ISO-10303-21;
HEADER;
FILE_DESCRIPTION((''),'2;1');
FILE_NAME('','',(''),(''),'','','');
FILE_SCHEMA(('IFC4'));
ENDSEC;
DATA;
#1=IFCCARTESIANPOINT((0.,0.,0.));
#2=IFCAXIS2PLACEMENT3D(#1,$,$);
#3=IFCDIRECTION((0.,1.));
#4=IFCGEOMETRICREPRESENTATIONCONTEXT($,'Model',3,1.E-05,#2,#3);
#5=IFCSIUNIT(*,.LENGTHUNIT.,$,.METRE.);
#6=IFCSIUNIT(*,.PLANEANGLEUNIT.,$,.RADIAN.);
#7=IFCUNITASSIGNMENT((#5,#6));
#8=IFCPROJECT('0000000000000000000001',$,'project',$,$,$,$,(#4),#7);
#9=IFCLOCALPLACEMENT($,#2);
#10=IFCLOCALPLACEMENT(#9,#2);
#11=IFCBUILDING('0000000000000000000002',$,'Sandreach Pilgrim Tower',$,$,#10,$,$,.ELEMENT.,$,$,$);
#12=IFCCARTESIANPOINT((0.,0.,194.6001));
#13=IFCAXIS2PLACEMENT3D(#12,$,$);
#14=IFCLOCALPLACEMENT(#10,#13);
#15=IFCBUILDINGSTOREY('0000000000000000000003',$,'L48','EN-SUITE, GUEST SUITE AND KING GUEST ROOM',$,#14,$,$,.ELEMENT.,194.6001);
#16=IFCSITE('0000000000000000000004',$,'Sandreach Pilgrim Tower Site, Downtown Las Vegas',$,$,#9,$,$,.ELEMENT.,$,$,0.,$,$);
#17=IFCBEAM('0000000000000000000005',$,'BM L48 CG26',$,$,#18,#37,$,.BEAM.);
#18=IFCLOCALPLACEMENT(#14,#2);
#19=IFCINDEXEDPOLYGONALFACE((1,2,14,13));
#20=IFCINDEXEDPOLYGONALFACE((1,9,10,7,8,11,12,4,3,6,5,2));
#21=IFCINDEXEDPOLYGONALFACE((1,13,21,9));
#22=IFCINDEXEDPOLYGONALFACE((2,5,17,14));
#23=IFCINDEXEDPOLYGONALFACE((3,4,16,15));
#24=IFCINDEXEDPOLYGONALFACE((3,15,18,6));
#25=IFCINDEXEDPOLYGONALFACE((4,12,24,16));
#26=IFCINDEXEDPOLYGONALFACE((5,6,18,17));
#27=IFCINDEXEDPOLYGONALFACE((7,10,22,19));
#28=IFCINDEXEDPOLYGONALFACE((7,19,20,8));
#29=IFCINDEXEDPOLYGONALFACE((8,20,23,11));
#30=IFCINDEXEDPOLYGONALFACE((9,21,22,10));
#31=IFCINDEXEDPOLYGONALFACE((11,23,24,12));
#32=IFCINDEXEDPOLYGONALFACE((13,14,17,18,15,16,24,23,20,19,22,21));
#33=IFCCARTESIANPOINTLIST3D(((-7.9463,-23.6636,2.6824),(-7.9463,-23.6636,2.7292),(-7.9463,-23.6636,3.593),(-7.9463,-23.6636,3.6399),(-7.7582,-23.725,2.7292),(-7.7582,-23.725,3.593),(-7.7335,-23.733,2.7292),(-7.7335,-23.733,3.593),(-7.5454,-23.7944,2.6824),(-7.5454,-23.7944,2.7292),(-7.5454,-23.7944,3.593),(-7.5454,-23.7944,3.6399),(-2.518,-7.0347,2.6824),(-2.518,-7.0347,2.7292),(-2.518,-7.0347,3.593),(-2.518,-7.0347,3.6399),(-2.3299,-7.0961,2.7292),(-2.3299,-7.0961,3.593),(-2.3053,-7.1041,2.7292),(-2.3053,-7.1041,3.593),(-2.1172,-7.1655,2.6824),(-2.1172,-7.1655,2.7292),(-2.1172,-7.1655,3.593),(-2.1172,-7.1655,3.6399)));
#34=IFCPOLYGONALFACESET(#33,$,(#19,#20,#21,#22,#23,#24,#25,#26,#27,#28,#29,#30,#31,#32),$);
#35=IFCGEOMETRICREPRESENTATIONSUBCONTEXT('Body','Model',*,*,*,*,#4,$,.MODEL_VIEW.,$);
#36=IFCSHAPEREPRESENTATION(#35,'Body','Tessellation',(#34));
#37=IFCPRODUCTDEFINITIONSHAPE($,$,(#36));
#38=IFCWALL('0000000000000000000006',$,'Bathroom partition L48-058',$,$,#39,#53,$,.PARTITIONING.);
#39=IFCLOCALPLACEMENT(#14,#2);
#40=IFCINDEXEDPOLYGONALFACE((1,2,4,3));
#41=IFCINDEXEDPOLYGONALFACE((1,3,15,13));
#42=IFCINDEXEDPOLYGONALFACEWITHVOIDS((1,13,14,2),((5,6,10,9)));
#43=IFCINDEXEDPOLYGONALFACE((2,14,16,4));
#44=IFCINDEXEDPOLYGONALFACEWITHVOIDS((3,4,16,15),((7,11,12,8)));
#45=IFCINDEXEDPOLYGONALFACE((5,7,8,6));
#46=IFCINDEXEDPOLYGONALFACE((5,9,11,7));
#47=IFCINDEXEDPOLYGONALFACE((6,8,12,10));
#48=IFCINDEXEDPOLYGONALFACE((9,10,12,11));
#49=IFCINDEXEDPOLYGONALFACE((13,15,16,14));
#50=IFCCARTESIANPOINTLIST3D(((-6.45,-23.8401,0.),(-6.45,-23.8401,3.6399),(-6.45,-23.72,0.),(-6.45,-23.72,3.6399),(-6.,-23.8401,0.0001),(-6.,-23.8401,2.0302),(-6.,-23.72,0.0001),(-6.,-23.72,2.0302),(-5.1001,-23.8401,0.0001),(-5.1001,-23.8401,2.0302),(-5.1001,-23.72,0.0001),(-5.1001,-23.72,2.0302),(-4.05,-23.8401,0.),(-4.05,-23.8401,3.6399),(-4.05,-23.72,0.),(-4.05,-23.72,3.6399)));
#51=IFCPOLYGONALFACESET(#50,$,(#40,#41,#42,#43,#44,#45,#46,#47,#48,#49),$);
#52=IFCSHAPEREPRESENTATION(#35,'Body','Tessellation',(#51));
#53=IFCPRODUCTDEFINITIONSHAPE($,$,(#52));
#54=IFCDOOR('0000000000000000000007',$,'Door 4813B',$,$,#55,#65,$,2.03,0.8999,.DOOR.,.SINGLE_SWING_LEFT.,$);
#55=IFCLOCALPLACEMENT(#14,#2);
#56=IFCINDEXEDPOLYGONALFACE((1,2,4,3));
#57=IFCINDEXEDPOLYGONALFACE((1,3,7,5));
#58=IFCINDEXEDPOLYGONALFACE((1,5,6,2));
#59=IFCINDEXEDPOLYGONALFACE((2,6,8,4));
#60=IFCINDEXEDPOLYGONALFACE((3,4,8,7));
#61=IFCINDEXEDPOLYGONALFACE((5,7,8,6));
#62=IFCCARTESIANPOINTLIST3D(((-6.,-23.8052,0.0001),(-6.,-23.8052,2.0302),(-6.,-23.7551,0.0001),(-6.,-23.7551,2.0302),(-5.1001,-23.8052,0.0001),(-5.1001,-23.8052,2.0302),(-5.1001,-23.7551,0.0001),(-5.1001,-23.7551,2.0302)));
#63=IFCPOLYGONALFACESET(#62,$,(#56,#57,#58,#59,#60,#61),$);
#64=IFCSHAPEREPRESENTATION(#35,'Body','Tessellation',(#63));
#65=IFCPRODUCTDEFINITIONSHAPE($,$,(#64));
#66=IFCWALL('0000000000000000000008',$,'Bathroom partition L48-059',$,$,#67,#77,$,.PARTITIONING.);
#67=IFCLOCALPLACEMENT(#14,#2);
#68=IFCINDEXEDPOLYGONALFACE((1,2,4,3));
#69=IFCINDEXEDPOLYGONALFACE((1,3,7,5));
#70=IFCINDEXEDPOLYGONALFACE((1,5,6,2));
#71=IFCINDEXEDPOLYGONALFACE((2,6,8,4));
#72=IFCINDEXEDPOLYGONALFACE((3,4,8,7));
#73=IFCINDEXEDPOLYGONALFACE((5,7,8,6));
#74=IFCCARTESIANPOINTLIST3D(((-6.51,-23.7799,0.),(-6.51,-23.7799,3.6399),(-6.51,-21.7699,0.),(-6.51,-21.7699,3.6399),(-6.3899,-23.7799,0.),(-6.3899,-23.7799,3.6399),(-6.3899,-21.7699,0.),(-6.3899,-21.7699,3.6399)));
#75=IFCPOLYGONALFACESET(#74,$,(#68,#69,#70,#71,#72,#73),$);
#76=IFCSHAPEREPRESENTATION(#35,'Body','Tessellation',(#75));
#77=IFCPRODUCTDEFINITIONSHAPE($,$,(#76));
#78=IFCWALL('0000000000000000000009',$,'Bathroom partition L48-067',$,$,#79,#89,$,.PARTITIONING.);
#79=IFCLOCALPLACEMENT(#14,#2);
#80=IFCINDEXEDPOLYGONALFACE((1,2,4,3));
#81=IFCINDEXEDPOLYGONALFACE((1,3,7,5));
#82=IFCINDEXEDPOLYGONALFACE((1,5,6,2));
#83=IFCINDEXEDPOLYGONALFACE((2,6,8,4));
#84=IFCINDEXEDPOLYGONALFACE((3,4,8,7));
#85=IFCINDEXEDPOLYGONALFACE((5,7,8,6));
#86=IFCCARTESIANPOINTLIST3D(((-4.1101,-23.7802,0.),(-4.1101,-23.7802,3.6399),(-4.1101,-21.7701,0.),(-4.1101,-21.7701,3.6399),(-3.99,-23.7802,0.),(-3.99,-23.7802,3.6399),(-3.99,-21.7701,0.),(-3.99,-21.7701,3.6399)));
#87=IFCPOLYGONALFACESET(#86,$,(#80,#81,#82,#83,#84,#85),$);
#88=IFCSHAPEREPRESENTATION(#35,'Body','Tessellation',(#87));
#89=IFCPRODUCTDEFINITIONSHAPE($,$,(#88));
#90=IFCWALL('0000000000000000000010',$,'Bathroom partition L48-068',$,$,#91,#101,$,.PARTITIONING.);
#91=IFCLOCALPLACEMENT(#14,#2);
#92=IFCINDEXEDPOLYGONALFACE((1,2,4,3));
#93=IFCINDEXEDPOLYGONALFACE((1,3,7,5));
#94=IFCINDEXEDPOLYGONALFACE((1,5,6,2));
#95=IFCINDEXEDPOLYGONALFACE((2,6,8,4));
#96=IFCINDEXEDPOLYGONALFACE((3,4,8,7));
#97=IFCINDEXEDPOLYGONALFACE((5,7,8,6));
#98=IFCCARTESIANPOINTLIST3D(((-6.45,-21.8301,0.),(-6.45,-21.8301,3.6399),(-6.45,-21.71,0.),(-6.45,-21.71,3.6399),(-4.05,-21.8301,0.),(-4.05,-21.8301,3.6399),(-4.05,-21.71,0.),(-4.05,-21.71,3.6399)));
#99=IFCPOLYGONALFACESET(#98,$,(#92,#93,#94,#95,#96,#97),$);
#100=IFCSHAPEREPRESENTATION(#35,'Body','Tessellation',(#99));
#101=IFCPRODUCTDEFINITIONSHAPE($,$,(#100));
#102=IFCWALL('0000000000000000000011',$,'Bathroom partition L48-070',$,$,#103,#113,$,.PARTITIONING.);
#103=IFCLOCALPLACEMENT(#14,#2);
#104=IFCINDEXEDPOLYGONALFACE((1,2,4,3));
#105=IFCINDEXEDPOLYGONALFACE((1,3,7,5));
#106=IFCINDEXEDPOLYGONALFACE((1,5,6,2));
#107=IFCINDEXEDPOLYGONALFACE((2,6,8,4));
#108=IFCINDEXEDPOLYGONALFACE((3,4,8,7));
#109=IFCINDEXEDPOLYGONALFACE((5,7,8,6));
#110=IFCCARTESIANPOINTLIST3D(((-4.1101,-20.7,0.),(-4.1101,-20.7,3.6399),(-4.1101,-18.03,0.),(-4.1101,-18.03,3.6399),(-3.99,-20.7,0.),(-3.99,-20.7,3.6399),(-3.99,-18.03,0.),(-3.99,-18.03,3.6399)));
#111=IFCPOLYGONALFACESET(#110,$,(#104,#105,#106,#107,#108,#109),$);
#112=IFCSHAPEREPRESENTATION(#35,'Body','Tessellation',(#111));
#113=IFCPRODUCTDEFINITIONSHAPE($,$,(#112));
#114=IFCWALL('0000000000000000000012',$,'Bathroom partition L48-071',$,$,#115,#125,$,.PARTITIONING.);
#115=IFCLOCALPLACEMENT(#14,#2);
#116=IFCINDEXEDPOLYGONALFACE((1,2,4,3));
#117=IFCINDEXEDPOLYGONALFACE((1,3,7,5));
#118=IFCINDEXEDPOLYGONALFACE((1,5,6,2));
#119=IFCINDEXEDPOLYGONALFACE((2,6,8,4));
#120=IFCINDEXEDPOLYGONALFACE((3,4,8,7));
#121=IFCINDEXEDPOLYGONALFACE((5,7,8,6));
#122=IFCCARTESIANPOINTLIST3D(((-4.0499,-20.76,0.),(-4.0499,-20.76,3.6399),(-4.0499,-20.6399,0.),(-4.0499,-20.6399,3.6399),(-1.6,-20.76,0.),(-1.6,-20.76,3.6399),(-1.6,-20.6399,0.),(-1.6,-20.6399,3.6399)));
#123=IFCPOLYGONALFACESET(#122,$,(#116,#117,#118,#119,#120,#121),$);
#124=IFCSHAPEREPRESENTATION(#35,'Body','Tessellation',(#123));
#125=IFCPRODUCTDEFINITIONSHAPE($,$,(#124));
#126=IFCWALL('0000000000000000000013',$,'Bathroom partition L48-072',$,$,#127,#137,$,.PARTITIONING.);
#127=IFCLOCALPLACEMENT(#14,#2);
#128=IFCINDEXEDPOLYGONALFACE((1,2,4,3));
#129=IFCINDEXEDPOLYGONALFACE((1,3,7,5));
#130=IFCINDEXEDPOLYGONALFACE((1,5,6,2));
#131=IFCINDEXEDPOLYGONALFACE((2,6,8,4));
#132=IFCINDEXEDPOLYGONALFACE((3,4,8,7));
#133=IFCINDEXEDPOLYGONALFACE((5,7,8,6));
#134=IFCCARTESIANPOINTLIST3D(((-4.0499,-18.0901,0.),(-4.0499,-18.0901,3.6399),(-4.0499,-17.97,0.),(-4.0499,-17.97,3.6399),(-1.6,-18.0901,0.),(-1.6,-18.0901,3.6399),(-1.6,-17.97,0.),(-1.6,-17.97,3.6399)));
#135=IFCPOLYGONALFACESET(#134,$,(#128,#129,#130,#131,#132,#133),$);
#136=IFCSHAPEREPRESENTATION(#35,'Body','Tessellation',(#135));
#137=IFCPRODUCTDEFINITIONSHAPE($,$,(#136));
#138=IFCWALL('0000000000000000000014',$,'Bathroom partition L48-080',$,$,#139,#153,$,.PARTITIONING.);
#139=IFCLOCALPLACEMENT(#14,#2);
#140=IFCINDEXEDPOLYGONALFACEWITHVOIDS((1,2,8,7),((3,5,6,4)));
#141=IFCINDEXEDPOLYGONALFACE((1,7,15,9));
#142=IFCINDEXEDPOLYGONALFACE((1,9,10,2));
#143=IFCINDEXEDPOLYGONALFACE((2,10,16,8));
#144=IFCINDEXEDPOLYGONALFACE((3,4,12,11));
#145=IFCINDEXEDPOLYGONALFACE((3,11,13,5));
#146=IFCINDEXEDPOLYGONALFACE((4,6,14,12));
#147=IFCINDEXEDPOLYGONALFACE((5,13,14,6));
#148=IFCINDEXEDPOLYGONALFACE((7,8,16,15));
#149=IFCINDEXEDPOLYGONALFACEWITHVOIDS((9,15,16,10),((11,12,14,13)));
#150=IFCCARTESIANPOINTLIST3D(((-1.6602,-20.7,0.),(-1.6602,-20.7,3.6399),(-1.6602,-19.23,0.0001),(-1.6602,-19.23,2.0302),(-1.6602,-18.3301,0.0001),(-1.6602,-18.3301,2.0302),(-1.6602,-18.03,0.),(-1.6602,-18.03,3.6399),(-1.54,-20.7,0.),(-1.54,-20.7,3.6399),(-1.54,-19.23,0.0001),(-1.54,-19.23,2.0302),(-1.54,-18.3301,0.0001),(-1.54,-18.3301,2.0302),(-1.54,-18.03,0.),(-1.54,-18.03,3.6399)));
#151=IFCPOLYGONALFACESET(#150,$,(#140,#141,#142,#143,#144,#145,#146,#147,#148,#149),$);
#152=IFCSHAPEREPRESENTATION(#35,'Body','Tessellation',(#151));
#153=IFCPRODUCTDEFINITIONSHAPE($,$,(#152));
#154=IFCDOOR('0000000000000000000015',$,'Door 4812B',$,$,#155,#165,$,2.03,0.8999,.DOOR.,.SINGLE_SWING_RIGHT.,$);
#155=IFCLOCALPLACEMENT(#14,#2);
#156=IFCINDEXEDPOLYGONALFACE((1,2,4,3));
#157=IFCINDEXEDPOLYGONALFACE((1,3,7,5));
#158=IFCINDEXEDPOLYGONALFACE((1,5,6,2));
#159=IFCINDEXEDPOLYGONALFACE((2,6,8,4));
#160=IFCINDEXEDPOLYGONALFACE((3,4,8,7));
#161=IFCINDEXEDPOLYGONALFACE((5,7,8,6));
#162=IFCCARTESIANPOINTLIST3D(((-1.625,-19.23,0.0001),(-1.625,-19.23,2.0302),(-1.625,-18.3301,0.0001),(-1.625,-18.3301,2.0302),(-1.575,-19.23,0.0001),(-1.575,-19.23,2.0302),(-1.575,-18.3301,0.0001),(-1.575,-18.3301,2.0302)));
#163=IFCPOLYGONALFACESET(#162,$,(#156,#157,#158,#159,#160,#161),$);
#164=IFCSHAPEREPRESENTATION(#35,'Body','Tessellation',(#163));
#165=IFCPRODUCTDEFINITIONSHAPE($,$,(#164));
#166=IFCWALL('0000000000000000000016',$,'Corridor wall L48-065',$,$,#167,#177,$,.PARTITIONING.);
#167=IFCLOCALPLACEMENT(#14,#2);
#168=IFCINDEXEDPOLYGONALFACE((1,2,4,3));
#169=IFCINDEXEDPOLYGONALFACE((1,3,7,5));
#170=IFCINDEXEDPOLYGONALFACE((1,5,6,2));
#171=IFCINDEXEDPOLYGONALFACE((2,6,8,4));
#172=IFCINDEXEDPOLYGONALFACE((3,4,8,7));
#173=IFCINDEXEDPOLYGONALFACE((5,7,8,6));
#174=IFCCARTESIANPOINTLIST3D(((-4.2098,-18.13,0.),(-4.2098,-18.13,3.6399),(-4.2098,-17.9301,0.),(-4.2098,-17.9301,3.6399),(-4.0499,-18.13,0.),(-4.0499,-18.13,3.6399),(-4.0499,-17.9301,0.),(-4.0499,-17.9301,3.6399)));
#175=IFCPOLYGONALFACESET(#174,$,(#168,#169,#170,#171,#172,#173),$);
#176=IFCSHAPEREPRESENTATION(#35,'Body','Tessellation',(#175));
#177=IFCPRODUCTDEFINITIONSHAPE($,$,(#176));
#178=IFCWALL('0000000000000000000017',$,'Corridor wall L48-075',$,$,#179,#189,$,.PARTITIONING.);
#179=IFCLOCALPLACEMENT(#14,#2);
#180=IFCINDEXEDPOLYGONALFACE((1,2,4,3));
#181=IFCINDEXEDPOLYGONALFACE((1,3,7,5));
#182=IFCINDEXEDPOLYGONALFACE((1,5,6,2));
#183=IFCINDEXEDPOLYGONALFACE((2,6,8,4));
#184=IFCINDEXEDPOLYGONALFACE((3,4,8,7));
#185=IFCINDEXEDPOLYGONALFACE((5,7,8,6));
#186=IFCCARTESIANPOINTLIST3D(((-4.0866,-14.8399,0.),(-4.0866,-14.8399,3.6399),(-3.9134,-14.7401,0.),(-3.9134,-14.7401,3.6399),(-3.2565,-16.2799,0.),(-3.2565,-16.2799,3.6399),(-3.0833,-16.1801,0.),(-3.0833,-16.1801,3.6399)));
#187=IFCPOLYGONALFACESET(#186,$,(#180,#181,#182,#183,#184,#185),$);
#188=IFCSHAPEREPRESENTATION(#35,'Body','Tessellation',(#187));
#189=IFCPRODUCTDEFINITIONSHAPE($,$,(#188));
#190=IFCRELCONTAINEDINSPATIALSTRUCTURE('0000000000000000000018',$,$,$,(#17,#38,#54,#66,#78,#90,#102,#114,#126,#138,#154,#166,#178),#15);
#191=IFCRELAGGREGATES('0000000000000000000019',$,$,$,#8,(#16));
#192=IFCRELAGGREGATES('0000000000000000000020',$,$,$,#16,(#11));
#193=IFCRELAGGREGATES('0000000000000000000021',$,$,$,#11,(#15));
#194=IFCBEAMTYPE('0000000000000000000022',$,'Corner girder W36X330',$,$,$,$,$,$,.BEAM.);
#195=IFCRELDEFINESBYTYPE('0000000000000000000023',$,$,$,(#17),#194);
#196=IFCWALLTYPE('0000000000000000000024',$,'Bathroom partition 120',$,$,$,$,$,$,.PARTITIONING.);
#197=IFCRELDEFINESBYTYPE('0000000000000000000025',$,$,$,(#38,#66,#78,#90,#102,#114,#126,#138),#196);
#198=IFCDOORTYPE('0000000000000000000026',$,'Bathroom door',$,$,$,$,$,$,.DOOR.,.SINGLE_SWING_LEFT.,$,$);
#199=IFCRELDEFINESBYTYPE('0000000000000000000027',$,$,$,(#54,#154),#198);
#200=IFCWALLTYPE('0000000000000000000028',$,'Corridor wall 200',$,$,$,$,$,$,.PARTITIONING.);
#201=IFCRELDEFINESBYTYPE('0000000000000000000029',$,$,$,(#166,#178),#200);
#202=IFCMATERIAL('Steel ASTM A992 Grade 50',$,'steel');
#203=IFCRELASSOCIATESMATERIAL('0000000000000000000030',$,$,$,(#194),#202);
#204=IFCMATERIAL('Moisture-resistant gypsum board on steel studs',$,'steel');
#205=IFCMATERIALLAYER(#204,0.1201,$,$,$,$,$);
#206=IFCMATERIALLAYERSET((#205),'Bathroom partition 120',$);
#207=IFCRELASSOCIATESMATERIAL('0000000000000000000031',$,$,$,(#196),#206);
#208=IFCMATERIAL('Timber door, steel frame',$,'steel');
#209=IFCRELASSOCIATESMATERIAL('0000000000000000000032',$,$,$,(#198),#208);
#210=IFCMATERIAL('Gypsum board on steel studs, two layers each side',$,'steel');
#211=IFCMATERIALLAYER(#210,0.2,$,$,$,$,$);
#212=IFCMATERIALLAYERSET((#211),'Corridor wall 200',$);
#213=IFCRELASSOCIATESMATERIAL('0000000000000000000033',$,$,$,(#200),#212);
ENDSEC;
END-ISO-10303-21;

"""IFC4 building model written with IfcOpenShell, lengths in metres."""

from ifc_helpers import new_model, si_unit, direction, frame, frame_2d, origin, origin_2d, place, context, subcontext, project, spatial, rectangle, i_section, extrude, material, layer, layer_set, material_profile, profile_set, type_object, element, fill, save


model = new_model("IFC4")

# Units and contexts
model_context = context("Model", 3, precision=1e-05, world=origin(), true_north=direction((0.0, 1.0)))
body_context = subcontext(model_context, "Body", "Model", "MODEL_VIEW")
ifc_project = project(units=[si_unit("LENGTHUNIT", "METRE"), si_unit("PLANEANGLEUNIT", "RADIAN")], contexts=[model_context])

# Site, building, storey
site_placement = place(None, origin())
site = spatial("IfcSite", under=ifc_project, at=site_placement, Name="Sandreach Pilgrim Tower Site, Downtown Las Vegas", CompositionType="ELEMENT", RefElevation=0.0)
building_placement = place(site_placement, origin())
building = spatial("IfcBuilding", under=site, at=building_placement, Name="Sandreach Pilgrim Tower", CompositionType="ELEMENT")
storey_placement = place(building_placement, frame((0.0, 0.0, 194.6001)))
storey = spatial("IfcBuildingStorey", under=building, at=storey_placement, Name="L48", Description="EN-SUITE, GUEST SUITE AND KING GUEST ROOM", CompositionType="ELEMENT", Elevation=194.6001)

# Beam
ifc_material_1 = material(Name="Steel ASTM A992 Grade 50", Category="steel")
ifc_material_profile = material_profile(ifc_material_1, i_section(OverallWidth=0.4216, OverallDepth=0.9575, WebThickness=0.0259, FlangeThickness=0.0469, at=origin_2d()), Name="W36X330")
ifc_profile_set = profile_set([ifc_material_profile], Name="Steel ASTM A992 Grade 50")
beam_type = type_object("IfcBeamType", Name="Corner girder W36X330", PredefinedType="BEAM", material=ifc_profile_set)
beam_placement = place(storey_placement, frame((-7.7458, -23.729, 3.1611), z_axis=(0.310318, 0.950633, 0.0), x_axis=(-0.950633, 0.310318, 0.0)))
element("IfcBeam", 1, at=beam_placement, inside=storey, type_object=beam_type, Name="BM L48 CG26", PredefinedType="BEAM", context=body_context, shape_type="SweptSolid", body=[
    extrude(i_section(OverallWidth=0.4216, OverallDepth=0.9575, WebThickness=0.0259, FlangeThickness=0.0469, at=origin_2d()), origin(), (0.0, 0.0, 1.0), 17.4924),
])

# Wall, opening, door
ifc_material_2 = material(Name="Moisture-resistant gypsum board on steel studs", Category="steel")
ifc_layer_1 = layer(ifc_material_2, 0.1201)
ifc_layer_set_1 = layer_set([ifc_layer_1], Name="Bathroom partition 120")
wall_type_1 = type_object("IfcWallType", Name="Bathroom partition 120", PredefinedType="PARTITIONING", material=ifc_layer_set_1)
wall_1_placement = place(storey_placement, frame((-6.45, -23.78, 0.0), z_axis=(0.0, 0.0, 1.0), x_axis=(1.0, 0.0, 0.0)))
wall_1 = element("IfcWall", 2, at=wall_1_placement, inside=storey, type_object=wall_type_1, Name="Bathroom partition L48-058", PredefinedType="PARTITIONING", context=body_context, shape_type="SweptSolid", body=[
    extrude(rectangle(XDim=2.3999, YDim=0.1201, at=frame_2d((1.2, 0.0))), origin(), (0.0, 0.0, 1.0), 3.6399),
])
opening_1_placement = place(wall_1_placement, frame((0.45, 0.0, 0.0)))
opening_1 = element("IfcOpeningElement", 3, at=opening_1_placement, cuts=wall_1, PredefinedType="OPENING", context=body_context, shape_type="SweptSolid", body=[
    extrude(rectangle(XDim=0.8999, YDim=2.03, at=frame_2d((0.45, 1.0151))), frame((0.0, 0.0601, 0.0), z_axis=(0.0, -1.0, 0.0), x_axis=(1.0, 0.0, 0.0)), (0.0, 0.0, 1.0), 0.1201),
])
ifc_material_3 = material(Name="Timber door, steel frame", Category="steel")
door_type_1 = type_object("IfcDoorType", Name="Bathroom door", OperationType="SINGLE_SWING_LEFT", PredefinedType="DOOR", material=ifc_material_3)
door_1_placement = place(opening_1_placement, origin())
door_1 = element("IfcDoor", 4, at=door_1_placement, inside=storey, type_object=door_type_1, Name="Door 4813B", OperationType="SINGLE_SWING_LEFT", OverallHeight=2.03, OverallWidth=0.8999, PredefinedType="DOOR", context=body_context, shape_type="SweptSolid", body=[
    extrude(rectangle(XDim=0.8999, YDim=2.03, at=frame_2d((0.45, 1.0151))), frame((0.0, 0.0249, 0.0), z_axis=(0.0, -1.0, 0.0), x_axis=(1.0, 0.0, 0.0)), (0.0, 0.0, 1.0), 0.05),
])
fill(opening_1, door_1)

# Walls
for number, where, z_axis, x_axis, name in (
    (5, (-6.45, -21.77, 0.0), (0.0, 0.0, 1.0), (0.0, -1.0, 0.0), "Bathroom partition L48-059"),
    (6, (-4.05, -23.78, 0.0), (0.0, 0.0, 1.0), (0.0, 1.0, 0.0), "Bathroom partition L48-067"),
):
    element("IfcWall", number, at=place(storey_placement, frame(where, z_axis=z_axis, x_axis=x_axis)), inside=storey, type_object=wall_type_1, Name=name, PredefinedType="PARTITIONING", context=body_context, shape_type="SweptSolid", body=[
        extrude(rectangle(XDim=2.01, YDim=0.1201, at=frame_2d((1.0049, 0.0))), origin(), (0.0, 0.0, 1.0), 3.6399),
    ])
wall_2_placement = place(storey_placement, frame((-4.05, -21.77, 0.0), z_axis=(0.0, 0.0, 1.0), x_axis=(-1.0, 0.0, 0.0)))
element("IfcWall", 7, at=wall_2_placement, inside=storey, type_object=wall_type_1, Name="Bathroom partition L48-068", PredefinedType="PARTITIONING", context=body_context, shape_type="SweptSolid", body=[
    extrude(rectangle(XDim=2.3999, YDim=0.1201, at=frame_2d((1.2, 0.0))), origin(), (0.0, 0.0, 1.0), 3.6399),
])
wall_3_placement = place(storey_placement, frame((-4.05, -20.7, 0.0), z_axis=(0.0, 0.0, 1.0), x_axis=(0.0, 1.0, 0.0)))
element("IfcWall", 8, at=wall_3_placement, inside=storey, type_object=wall_type_1, Name="Bathroom partition L48-070", PredefinedType="PARTITIONING", context=body_context, shape_type="SweptSolid", body=[
    extrude(rectangle(XDim=2.6699, YDim=0.1201, at=frame_2d((1.335, 0.0))), origin(), (0.0, 0.0, 1.0), 3.6399),
])
for number, where, z_axis, x_axis, name in (
    (9, (-4.05, -20.7, 0.0), (0.0, 0.0, 1.0), (1.0, 0.0, 0.0), "Bathroom partition L48-071"),
    (10, (-4.05, -18.03, 0.0), (0.0, 0.0, 1.0), (1.0, 0.0, 0.0), "Bathroom partition L48-072"),
):
    element("IfcWall", number, at=place(storey_placement, frame(where, z_axis=z_axis, x_axis=x_axis)), inside=storey, type_object=wall_type_1, Name=name, PredefinedType="PARTITIONING", context=body_context, shape_type="SweptSolid", body=[
        extrude(rectangle(XDim=2.45, YDim=0.1201, at=frame_2d((1.2251, 0.0))), origin(), (0.0, 0.0, 1.0), 3.6399),
    ])

# Wall, opening, door
wall_4_placement = place(storey_placement, frame((-1.6001, -20.7, 0.0), z_axis=(0.0, 0.0, 1.0), x_axis=(0.0, 1.0, 0.0)))
wall_4 = element("IfcWall", 11, at=wall_4_placement, inside=storey, type_object=wall_type_1, Name="Bathroom partition L48-080", PredefinedType="PARTITIONING", context=body_context, shape_type="SweptSolid", body=[
    extrude(rectangle(XDim=2.6699, YDim=0.1201, at=frame_2d((1.335, 0.0))), origin(), (0.0, 0.0, 1.0), 3.6399),
])
opening_2_placement = place(wall_4_placement, frame((1.47, 0.0, 0.0)))
opening_2 = element("IfcOpeningElement", 12, at=opening_2_placement, cuts=wall_4, PredefinedType="OPENING", context=body_context, shape_type="SweptSolid", body=[
    extrude(rectangle(XDim=0.8999, YDim=2.03, at=frame_2d((0.45, 1.0151))), frame((0.0, 0.0601, 0.0), z_axis=(0.0, -1.0, 0.0), x_axis=(1.0, 0.0, 0.0)), (0.0, 0.0, 1.0), 0.1201),
])
door_2_placement = place(opening_2_placement, origin())
door_2 = element("IfcDoor", 13, at=door_2_placement, inside=storey, type_object=door_type_1, Name="Door 4812B", OperationType="SINGLE_SWING_RIGHT", OverallHeight=2.03, OverallWidth=0.8999, PredefinedType="DOOR", context=body_context, shape_type="SweptSolid", body=[
    extrude(rectangle(XDim=0.8999, YDim=2.03, at=frame_2d((0.45, 1.0151))), frame((0.0, 0.0249, 0.0), z_axis=(0.0, -1.0, 0.0), x_axis=(1.0, 0.0, 0.0)), (0.0, 0.0, 1.0), 0.05),
])
fill(opening_2, door_2)
ifc_material_4 = material(Name="Gypsum board on steel studs, two layers each side", Category="steel")
ifc_layer_2 = layer(ifc_material_4, 0.2)
ifc_layer_set_2 = layer_set([ifc_layer_2], Name="Corridor wall 200")
wall_type_2 = type_object("IfcWallType", Name="Corridor wall 200", PredefinedType="PARTITIONING", material=ifc_layer_set_2)

# Wall
wall_5_placement = place(storey_placement, frame((-4.21, -18.03, 0.0), z_axis=(0.0, 0.0, 1.0), x_axis=(1.0, 0.0, 0.0)))
element("IfcWall", 14, at=wall_5_placement, inside=storey, type_object=wall_type_2, Name="Corridor wall L48-065", PredefinedType="PARTITIONING", context=body_context, shape_type="SweptSolid", body=[
    extrude(rectangle(XDim=0.1599, YDim=0.2, at=frame_2d((0.0801, 0.0))), origin(), (0.0, 0.0, 1.0), 3.6399),
])

# Wall
wall_6_placement = place(storey_placement, frame((-3.1699, -16.23, 0.0), z_axis=(0.0, 0.0, 1.0), x_axis=(-0.499426, 0.866357, 0.0)))
element("IfcWall", 15, at=wall_6_placement, inside=storey, type_object=wall_type_2, Name="Corridor wall L48-075", PredefinedType="PARTITIONING", context=body_context, shape_type="SweptSolid", body=[
    extrude(rectangle(XDim=1.6621, YDim=0.2, at=frame_2d((0.8311, 0.0))), origin(), (0.0, 0.0, 1.0), 3.6399),
])

save(model, "model.ifc")
